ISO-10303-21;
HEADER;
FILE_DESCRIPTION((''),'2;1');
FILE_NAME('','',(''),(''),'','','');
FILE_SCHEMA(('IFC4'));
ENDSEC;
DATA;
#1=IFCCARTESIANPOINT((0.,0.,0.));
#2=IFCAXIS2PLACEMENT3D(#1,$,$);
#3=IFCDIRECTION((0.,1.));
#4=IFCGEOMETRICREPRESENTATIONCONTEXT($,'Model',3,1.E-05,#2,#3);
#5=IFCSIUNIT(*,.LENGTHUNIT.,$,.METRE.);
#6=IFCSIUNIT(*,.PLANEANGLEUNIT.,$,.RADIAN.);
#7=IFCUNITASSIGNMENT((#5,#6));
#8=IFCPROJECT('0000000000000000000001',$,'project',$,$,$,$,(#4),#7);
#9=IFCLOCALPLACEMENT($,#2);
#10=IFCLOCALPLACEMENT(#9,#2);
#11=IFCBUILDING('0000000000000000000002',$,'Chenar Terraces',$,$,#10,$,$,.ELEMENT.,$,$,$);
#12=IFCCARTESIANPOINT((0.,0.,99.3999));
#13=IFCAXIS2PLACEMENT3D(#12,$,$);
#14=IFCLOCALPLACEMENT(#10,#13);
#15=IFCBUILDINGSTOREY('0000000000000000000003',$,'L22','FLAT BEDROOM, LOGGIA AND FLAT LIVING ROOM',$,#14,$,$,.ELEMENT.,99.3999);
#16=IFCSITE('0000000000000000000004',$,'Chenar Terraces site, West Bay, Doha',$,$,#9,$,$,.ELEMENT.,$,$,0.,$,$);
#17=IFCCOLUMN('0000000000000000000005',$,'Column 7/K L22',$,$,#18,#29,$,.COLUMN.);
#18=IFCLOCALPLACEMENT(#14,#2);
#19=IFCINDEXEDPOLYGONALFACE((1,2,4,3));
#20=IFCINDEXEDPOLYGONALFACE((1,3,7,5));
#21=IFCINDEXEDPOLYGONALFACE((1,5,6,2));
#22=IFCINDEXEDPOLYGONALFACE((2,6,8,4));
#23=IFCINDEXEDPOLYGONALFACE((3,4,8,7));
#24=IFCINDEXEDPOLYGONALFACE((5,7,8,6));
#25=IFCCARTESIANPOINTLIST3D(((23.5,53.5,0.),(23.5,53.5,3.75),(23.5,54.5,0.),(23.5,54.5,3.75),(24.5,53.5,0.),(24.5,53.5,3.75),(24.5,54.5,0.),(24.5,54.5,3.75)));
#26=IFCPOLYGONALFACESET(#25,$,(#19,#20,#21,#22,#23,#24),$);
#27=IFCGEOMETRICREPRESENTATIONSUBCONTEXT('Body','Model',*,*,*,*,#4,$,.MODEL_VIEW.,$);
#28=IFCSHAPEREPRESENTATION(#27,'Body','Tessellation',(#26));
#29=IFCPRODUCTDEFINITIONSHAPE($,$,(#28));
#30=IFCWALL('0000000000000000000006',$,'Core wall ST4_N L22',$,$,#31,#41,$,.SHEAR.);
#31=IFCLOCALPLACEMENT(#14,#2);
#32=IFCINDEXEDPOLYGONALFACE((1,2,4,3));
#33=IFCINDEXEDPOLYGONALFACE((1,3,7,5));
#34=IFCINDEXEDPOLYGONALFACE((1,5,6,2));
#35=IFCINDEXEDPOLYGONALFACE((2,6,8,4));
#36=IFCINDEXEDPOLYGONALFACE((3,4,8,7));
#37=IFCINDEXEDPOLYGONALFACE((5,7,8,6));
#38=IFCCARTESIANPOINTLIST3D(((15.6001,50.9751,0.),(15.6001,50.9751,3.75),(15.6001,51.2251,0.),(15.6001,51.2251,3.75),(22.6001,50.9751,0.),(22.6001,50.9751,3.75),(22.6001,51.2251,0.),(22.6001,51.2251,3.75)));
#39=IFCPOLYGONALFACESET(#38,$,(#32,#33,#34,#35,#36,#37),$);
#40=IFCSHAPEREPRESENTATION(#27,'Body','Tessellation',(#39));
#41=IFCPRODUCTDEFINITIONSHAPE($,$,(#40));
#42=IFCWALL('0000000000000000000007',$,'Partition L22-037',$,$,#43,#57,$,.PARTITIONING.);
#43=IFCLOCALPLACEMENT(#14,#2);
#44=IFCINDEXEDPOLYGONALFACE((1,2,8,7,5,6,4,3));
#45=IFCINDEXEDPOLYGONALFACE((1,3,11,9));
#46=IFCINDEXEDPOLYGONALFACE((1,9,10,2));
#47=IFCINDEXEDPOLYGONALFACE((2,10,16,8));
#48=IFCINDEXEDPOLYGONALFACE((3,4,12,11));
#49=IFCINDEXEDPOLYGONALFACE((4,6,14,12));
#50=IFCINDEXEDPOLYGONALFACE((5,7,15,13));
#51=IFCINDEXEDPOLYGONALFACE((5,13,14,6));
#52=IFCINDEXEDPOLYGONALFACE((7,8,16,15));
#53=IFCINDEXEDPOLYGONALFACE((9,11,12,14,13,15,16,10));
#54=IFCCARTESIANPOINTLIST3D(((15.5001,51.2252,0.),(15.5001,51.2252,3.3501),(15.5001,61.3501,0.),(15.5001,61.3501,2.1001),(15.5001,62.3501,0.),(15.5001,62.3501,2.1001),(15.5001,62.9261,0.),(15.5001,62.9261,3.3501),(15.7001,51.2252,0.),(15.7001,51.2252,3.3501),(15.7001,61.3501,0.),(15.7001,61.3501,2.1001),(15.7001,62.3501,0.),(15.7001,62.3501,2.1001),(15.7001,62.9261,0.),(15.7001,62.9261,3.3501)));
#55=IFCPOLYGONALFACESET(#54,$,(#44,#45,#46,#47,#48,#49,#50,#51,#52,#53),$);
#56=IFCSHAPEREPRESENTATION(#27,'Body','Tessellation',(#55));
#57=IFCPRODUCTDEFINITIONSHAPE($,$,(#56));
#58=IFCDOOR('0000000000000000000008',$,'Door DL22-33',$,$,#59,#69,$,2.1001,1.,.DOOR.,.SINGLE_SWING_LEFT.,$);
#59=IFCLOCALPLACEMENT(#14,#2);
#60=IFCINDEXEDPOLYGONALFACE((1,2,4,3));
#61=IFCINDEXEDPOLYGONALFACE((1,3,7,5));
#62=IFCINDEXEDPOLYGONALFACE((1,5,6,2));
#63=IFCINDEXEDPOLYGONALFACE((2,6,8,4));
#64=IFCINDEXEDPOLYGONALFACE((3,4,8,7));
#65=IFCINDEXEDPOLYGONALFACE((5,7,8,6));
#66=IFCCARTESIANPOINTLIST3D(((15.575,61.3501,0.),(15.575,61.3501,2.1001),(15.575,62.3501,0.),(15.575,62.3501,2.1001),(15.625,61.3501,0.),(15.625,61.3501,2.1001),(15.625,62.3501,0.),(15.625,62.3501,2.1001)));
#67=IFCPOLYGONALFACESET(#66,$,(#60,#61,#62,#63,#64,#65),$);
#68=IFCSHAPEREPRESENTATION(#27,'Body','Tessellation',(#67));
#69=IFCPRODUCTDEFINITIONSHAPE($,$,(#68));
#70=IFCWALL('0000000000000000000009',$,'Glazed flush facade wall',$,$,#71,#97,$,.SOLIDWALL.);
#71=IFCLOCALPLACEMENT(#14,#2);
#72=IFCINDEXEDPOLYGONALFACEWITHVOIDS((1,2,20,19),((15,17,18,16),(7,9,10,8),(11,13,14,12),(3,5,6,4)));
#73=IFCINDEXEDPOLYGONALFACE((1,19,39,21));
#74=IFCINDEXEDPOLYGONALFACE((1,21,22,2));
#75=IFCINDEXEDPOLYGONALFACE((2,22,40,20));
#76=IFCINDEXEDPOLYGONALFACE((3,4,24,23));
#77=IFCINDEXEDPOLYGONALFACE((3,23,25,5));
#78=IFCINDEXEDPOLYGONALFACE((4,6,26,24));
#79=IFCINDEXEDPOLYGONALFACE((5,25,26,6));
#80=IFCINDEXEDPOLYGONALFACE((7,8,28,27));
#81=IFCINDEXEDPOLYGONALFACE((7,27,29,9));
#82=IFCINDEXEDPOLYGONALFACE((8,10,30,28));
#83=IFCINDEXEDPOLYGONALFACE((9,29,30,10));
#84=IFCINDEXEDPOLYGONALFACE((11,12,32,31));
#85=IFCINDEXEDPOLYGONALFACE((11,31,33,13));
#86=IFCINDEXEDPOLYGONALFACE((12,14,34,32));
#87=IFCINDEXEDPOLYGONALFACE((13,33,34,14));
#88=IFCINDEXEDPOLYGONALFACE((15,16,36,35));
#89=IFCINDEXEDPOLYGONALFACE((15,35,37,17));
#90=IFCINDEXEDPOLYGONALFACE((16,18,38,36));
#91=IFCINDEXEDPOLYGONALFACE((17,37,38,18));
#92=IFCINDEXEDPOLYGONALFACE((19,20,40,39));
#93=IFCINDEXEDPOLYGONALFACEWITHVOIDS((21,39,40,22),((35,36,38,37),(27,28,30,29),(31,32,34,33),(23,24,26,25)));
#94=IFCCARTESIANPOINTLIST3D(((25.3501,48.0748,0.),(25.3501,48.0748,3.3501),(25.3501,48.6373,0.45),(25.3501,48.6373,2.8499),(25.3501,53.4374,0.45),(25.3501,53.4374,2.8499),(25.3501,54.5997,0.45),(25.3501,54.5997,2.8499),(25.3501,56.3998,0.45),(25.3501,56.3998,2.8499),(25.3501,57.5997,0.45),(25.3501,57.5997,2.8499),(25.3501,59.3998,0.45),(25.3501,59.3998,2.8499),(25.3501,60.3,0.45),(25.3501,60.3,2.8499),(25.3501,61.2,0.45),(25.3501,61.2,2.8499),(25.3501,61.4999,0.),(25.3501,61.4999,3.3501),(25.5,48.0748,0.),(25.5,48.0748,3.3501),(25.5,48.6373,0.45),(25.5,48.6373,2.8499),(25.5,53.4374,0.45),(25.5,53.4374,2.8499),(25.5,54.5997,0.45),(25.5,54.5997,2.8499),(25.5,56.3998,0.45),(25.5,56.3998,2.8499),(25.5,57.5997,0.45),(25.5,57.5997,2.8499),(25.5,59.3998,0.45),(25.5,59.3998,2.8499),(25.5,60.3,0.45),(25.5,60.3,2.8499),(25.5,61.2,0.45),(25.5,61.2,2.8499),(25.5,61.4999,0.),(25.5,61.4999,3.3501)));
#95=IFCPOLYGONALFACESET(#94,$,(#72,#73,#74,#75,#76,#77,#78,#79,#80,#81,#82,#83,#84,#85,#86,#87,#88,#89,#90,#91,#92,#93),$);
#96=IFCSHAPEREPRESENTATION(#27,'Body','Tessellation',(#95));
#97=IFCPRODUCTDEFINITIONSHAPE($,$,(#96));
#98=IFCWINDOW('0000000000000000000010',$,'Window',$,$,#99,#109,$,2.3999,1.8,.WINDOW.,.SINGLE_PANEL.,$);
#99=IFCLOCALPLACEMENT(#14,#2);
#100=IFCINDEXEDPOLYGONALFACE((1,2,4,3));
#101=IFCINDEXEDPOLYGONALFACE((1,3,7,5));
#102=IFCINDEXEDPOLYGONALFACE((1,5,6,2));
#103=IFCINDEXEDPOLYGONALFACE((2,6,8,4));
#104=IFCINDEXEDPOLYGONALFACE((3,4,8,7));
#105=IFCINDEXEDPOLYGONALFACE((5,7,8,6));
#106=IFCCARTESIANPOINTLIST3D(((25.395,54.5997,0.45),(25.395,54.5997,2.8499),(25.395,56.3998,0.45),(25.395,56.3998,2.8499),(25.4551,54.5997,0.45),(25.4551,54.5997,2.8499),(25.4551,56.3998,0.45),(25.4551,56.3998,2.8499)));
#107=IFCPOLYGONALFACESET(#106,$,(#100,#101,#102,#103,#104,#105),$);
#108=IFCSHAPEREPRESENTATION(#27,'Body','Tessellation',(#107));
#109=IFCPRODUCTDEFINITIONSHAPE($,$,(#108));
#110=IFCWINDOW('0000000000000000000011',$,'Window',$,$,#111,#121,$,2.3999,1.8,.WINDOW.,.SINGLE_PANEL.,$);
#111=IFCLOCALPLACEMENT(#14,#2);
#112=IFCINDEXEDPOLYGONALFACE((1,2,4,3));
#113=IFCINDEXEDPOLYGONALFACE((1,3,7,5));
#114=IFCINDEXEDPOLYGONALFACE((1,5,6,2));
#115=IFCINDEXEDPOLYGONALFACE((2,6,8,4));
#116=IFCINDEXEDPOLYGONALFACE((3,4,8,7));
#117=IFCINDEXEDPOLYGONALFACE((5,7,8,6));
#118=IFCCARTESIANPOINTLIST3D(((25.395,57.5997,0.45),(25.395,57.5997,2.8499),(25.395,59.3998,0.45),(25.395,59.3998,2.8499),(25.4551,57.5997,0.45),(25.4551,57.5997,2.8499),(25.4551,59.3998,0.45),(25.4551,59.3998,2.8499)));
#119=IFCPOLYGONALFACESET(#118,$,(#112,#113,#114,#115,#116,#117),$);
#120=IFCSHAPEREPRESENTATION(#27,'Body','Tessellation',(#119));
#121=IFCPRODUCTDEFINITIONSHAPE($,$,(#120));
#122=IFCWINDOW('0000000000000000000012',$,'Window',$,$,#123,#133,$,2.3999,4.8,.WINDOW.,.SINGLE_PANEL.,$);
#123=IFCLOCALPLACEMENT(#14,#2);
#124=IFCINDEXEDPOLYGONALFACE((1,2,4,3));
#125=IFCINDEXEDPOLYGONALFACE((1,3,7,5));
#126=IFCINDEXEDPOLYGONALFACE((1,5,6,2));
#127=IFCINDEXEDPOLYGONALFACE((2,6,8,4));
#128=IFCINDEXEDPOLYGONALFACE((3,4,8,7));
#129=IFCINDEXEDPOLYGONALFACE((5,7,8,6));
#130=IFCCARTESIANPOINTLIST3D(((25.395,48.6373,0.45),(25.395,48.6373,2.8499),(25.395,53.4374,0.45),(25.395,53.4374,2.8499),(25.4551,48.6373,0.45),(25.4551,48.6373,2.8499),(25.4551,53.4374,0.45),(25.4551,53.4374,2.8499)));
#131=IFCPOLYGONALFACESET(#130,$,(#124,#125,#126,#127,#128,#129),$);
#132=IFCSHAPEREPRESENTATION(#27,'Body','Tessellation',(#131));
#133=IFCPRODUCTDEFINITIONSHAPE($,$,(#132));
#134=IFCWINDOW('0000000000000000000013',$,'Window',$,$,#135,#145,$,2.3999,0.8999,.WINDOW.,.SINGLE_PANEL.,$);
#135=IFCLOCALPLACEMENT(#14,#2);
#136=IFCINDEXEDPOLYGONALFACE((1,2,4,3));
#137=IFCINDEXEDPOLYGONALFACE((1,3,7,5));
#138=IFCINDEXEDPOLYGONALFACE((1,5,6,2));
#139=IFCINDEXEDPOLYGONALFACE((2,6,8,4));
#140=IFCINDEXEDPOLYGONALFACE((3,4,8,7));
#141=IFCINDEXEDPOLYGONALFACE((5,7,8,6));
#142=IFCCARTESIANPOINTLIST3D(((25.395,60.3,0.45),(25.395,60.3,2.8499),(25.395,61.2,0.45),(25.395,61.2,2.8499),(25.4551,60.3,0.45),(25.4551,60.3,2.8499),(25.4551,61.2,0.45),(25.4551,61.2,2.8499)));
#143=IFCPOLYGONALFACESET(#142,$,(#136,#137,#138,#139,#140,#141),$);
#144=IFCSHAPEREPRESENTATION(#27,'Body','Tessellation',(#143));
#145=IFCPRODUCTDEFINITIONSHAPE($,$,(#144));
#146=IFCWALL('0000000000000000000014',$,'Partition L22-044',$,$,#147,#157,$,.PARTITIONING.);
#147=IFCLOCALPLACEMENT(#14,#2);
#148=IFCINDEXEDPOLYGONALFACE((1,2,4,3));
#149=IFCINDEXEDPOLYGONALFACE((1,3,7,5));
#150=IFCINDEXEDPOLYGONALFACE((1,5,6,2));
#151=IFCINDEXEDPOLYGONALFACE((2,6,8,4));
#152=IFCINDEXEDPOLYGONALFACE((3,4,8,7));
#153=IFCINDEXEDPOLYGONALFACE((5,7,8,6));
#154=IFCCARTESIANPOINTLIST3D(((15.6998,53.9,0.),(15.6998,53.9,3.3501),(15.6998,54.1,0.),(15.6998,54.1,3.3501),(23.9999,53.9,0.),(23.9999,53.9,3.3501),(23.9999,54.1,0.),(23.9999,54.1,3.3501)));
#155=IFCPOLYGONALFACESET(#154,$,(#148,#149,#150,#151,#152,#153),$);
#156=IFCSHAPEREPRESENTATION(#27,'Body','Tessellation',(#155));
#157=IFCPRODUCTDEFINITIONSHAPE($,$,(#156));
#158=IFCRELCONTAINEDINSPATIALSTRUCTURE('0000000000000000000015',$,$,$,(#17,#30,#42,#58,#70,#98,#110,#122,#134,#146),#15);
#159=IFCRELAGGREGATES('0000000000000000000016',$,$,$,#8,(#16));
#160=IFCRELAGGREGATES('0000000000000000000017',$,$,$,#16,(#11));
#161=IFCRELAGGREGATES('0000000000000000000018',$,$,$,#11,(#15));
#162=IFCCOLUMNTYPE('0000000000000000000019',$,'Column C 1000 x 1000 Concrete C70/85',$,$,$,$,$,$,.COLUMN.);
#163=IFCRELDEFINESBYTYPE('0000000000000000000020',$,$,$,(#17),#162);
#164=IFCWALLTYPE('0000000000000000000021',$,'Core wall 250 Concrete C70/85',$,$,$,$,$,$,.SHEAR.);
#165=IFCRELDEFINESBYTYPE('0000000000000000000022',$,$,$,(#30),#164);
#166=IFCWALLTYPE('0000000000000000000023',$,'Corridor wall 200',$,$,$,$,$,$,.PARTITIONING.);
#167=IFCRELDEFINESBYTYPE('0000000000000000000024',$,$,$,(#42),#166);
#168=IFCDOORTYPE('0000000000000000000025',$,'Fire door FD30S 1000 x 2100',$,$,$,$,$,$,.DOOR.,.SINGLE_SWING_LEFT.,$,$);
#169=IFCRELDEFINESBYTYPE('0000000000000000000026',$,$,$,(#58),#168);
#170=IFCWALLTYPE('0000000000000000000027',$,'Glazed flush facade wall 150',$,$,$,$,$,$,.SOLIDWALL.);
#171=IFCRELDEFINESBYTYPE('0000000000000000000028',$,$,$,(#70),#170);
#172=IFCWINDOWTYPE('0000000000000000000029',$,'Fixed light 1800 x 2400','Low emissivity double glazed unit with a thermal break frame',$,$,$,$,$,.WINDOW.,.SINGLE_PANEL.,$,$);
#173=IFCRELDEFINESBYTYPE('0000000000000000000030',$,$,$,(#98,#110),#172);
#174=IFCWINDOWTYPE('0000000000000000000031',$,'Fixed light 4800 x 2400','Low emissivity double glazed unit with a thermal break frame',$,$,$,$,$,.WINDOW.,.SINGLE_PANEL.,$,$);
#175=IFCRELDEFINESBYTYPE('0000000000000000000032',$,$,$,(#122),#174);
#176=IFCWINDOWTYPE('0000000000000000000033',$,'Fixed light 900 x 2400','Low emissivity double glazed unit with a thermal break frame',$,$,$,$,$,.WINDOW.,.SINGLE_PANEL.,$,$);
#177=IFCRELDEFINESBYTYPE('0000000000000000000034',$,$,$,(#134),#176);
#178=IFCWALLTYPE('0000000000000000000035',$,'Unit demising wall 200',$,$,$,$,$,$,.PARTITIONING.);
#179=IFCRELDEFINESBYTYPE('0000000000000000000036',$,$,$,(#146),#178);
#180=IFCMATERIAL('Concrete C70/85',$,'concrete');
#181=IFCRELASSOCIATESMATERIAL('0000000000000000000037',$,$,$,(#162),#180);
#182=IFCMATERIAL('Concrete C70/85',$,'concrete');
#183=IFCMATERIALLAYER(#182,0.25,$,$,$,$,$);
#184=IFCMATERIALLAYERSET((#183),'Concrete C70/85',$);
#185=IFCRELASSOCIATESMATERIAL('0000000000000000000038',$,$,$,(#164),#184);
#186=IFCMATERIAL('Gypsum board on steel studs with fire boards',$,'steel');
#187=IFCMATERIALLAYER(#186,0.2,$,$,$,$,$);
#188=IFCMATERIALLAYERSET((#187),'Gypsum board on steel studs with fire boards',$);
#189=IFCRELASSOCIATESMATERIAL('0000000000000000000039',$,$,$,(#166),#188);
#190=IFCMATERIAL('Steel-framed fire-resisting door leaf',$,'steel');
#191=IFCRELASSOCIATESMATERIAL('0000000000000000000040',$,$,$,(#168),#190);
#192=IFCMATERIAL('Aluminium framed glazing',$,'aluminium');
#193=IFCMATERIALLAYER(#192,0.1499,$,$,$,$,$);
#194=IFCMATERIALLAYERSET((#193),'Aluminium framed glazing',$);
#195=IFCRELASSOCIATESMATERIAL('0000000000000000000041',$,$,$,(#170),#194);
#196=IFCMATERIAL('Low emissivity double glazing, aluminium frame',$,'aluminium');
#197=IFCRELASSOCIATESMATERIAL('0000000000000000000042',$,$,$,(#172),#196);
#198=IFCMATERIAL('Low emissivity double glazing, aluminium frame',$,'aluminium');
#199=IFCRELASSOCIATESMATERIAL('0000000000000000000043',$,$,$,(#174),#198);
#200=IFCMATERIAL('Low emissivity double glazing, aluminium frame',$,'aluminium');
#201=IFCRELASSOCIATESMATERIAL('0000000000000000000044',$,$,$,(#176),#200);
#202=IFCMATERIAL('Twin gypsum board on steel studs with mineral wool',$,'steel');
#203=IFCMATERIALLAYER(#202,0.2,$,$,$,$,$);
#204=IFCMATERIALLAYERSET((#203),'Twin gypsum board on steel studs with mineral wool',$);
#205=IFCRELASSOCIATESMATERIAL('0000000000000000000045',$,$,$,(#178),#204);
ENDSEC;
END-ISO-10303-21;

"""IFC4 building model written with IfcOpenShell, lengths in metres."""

from ifc_helpers import new_model, si_unit, direction, frame, frame_2d, origin, origin_2d, place, context, subcontext, project, spatial, rectangle, extrude, material, layer, layer_set, material_profile, profile_set, type_object, element, fill, save


model = new_model("IFC4")

# Units and contexts
model_context = context("Model", 3, precision=1e-05, world=origin(), true_north=direction((0.0, 1.0)))
body_context = subcontext(model_context, "Body", "Model", "MODEL_VIEW")
ifc_project = project(units=[si_unit("LENGTHUNIT", "METRE"), si_unit("PLANEANGLEUNIT", "RADIAN")], contexts=[model_context])

# Site, building, storey
site_placement = place(None, origin())
site = spatial("IfcSite", under=ifc_project, at=site_placement, Name="Chenar Terraces site, West Bay, Doha", CompositionType="ELEMENT", RefElevation=0.0)
building_placement = place(site_placement, origin())
building = spatial("IfcBuilding", under=site, at=building_placement, Name="Chenar Terraces", CompositionType="ELEMENT")
storey_placement = place(building_placement, frame((0.0, 0.0, 99.3999)))
storey = spatial("IfcBuildingStorey", under=building, at=storey_placement, Name="L22", Description="FLAT BEDROOM, LOGGIA AND FLAT LIVING ROOM", CompositionType="ELEMENT", Elevation=99.3999)

# Column
ifc_material_1 = material(Name="Concrete C70/85", Category="concrete")
ifc_material_profile = material_profile(ifc_material_1, rectangle(XDim=1.0, YDim=1.0, at=origin_2d()), Name="C 1000 x 1000")
ifc_profile_set = profile_set([ifc_material_profile], Name="Concrete C70/85")
column_type = type_object("IfcColumnType", Name="Column C 1000 x 1000 Concrete C70/85", PredefinedType="COLUMN", material=ifc_profile_set)
column_placement = place(storey_placement, frame((24.0, 54.0, 0.0), z_axis=(0.0, 0.0, 1.0), x_axis=(1.0, 0.0, 0.0)))
element("IfcColumn", 1, at=column_placement, inside=storey, type_object=column_type, Name="Column 7/K L22", PredefinedType="COLUMN", context=body_context, shape_type="SweptSolid", body=[
    extrude(rectangle(XDim=1.0, YDim=1.0, at=origin_2d()), origin(), (0.0, 0.0, 1.0), 3.75),
])

# Wall
ifc_material_2 = material(Name="Concrete C70/85", Category="concrete")
ifc_layer_1 = layer(ifc_material_2, 0.25)
ifc_layer_set_1 = layer_set([ifc_layer_1], Name="Concrete C70/85")
wall_type_1 = type_object("IfcWallType", Name="Core wall 250 Concrete C70/85", PredefinedType="SHEAR", material=ifc_layer_set_1)
wall_1_placement = place(storey_placement, frame((15.6001, 51.1001, 0.0), z_axis=(0.0, 0.0, 1.0), x_axis=(1.0, 0.0, 0.0)))
element("IfcWall", 2, at=wall_1_placement, inside=storey, type_object=wall_type_1, Name="Core wall ST4_N L22", PredefinedType="SHEAR", context=body_context, shape_type="SweptSolid", body=[
    extrude(rectangle(XDim=7.0, YDim=0.25, at=frame_2d((3.5, 0.0))), origin(), (0.0, 0.0, 1.0), 3.75),
])

# Wall, opening, door
ifc_material_3 = material(Name="Gypsum board on steel studs with fire boards", Category="steel")
ifc_layer_2 = layer(ifc_material_3, 0.2)
ifc_layer_set_2 = layer_set([ifc_layer_2], Name="Gypsum board on steel studs with fire boards")
wall_type_2 = type_object("IfcWallType", Name="Corridor wall 200", PredefinedType="PARTITIONING", material=ifc_layer_set_2)
wall_2_placement = place(storey_placement, frame((15.6001, 51.2251, 0.0), z_axis=(0.0, 0.0, 1.0), x_axis=(0.0, 1.0, 0.0)))
wall_2 = element("IfcWall", 3, at=wall_2_placement, inside=storey, type_object=wall_type_2, Name="Partition L22-037", PredefinedType="PARTITIONING", context=body_context, shape_type="SweptSolid", body=[
    extrude(rectangle(XDim=11.7009, YDim=0.2, at=frame_2d((5.8506, 0.0))), origin(), (0.0, 0.0, 1.0), 3.3501),
])
opening_1_placement = place(wall_2_placement, frame((10.125, 0.0, 0.0)))
opening_1 = element("IfcOpeningElement", 4, at=opening_1_placement, cuts=wall_2, PredefinedType="OPENING", context=body_context, shape_type="SweptSolid", body=[
    extrude(rectangle(XDim=1.0, YDim=2.1001, at=frame_2d((0.5, 1.05))), frame((0.0, 0.1099, 0.0), z_axis=(0.0, -1.0, 0.0), x_axis=(1.0, 0.0, 0.0)), (0.0, 0.0, 1.0), 0.22),
])
ifc_material_4 = material(Name="Steel-framed fire-resisting door leaf", Category="steel")
door_type_1 = type_object("IfcDoorType", Name="Fire door FD30S 1000 x 2100", OperationType="SINGLE_SWING_LEFT", PredefinedType="DOOR", material=ifc_material_4)
door_1_placement = place(opening_1_placement, frame((1.0, 0.0, 0.0), z_axis=(0.0, 0.0, 1.0), x_axis=(-1.0, 0.0, 0.0)))
door_1 = element("IfcDoor", 5, at=door_1_placement, inside=storey, type_object=door_type_1, Name="Door DL22-33", OperationType="SINGLE_SWING_LEFT", OverallHeight=2.1001, OverallWidth=1.0, PredefinedType="DOOR", context=body_context, shape_type="SweptSolid", body=[
    extrude(rectangle(XDim=1.0, YDim=2.1001, at=frame_2d((0.5, 1.05))), frame((0.0, 0.0249, 0.0), z_axis=(0.0, -1.0, 0.0), x_axis=(1.0, 0.0, 0.0)), (0.0, 0.0, 1.0), 0.05),
])
fill(opening_1, door_1)

# Wall, openings, windows
ifc_material_5 = material(Name="Aluminium framed glazing", Category="aluminium")
ifc_layer_3 = layer(ifc_material_5, 0.1499)
ifc_layer_set_3 = layer_set([ifc_layer_3], Name="Aluminium framed glazing")
wall_type_3 = type_object("IfcWallType", Name="Glazed flush facade wall 150", PredefinedType="SOLIDWALL", material=ifc_layer_set_3)
wall_3_placement = place(storey_placement, frame((25.425, 48.075, 0.0), z_axis=(0.0, 0.0, 1.0), x_axis=(0.0, 1.0, 0.0)))
wall_3 = element("IfcWall", 6, at=wall_3_placement, inside=storey, type_object=wall_type_3, Name="Glazed flush facade wall", PredefinedType="SOLIDWALL", context=body_context, shape_type="SweptSolid", body=[
    extrude(rectangle(XDim=13.425, YDim=0.1499, at=frame_2d((6.7124, 0.0))), origin(), (0.0, 0.0, 1.0), 3.3501),
])
opening_2_placement = place(wall_3_placement, frame((0.5625, 0.0, 0.45)))
opening_2 = element("IfcOpeningElement", 7, at=opening_2_placement, cuts=wall_3, PredefinedType="OPENING", context=body_context, shape_type="SweptSolid", body=[
    extrude(rectangle(XDim=4.8, YDim=2.3999, at=frame_2d((2.3999, 1.2))), frame((0.0, 0.085, 0.0), z_axis=(0.0, -1.0, 0.0), x_axis=(1.0, 0.0, 0.0)), (0.0, 0.0, 1.0), 0.1699),
])
opening_3_placement = place(wall_3_placement, frame((6.5249, 0.0, 0.45)))
opening_3 = element("IfcOpeningElement", 8, at=opening_3_placement, cuts=wall_3, PredefinedType="OPENING", context=body_context, shape_type="SweptSolid", body=[
    extrude(rectangle(XDim=1.8, YDim=2.3999, at=frame_2d((0.8999, 1.2))), frame((0.0, 0.085, 0.0), z_axis=(0.0, -1.0, 0.0), x_axis=(1.0, 0.0, 0.0)), (0.0, 0.0, 1.0), 0.1699),
])
opening_4_placement = place(wall_3_placement, frame((9.5249, 0.0, 0.45)))
opening_4 = element("IfcOpeningElement", 9, at=opening_4_placement, cuts=wall_3, PredefinedType="OPENING", context=body_context, shape_type="SweptSolid", body=[
    extrude(rectangle(XDim=1.8, YDim=2.3999, at=frame_2d((0.8999, 1.2))), frame((0.0, 0.085, 0.0), z_axis=(0.0, -1.0, 0.0), x_axis=(1.0, 0.0, 0.0)), (0.0, 0.0, 1.0), 0.1699),
])
opening_5_placement = place(wall_3_placement, frame((12.2251, 0.0, 0.45)))
opening_5 = element("IfcOpeningElement", 10, at=opening_5_placement, cuts=wall_3, PredefinedType="OPENING", context=body_context, shape_type="SweptSolid", body=[
    extrude(rectangle(XDim=0.8999, YDim=2.3999, at=frame_2d((0.45, 1.2))), frame((0.0, 0.085, 0.0), z_axis=(0.0, -1.0, 0.0), x_axis=(1.0, 0.0, 0.0)), (0.0, 0.0, 1.0), 0.1699),
])
ifc_material_6 = material(Name="Low emissivity double glazing, aluminium frame", Category="aluminium")
window_type_1 = type_object("IfcWindowType", Name="Fixed light 1800 x 2400", Description="Low emissivity double glazed unit with a thermal break frame", PartitioningType="SINGLE_PANEL", PredefinedType="WINDOW", material=ifc_material_6)
window_1_placement = place(opening_3_placement, origin())
window_1 = element("IfcWindow", 11, at=window_1_placement, inside=storey, type_object=window_type_1, Name="Window", OverallHeight=2.3999, OverallWidth=1.8, PartitioningType="SINGLE_PANEL", PredefinedType="WINDOW", context=body_context, shape_type="SweptSolid", body=[
    extrude(rectangle(XDim=1.8, YDim=2.3999, at=frame_2d((0.8999, 1.2))), frame((0.0, 0.03, 0.0), z_axis=(0.0, -1.0, 0.0), x_axis=(1.0, 0.0, 0.0)), (0.0, 0.0, 1.0), 0.0601),
])
fill(opening_3, window_1)
window_2_placement = place(opening_4_placement, origin())
window_2 = element("IfcWindow", 12, at=window_2_placement, inside=storey, type_object=window_type_1, Name="Window", OverallHeight=2.3999, OverallWidth=1.8, PartitioningType="SINGLE_PANEL", PredefinedType="WINDOW", context=body_context, shape_type="SweptSolid", body=[
    extrude(rectangle(XDim=1.8, YDim=2.3999, at=frame_2d((0.8999, 1.2))), frame((0.0, 0.03, 0.0), z_axis=(0.0, -1.0, 0.0), x_axis=(1.0, 0.0, 0.0)), (0.0, 0.0, 1.0), 0.0601),
])
fill(opening_4, window_2)
ifc_material_7 = material(Name="Low emissivity double glazing, aluminium frame", Category="aluminium")
window_type_2 = type_object("IfcWindowType", Name="Fixed light 4800 x 2400", Description="Low emissivity double glazed unit with a thermal break frame", PartitioningType="SINGLE_PANEL", PredefinedType="WINDOW", material=ifc_material_7)
window_3_placement = place(opening_2_placement, origin())
window_3 = element("IfcWindow", 13, at=window_3_placement, inside=storey, type_object=window_type_2, Name="Window", OverallHeight=2.3999, OverallWidth=4.8, PartitioningType="SINGLE_PANEL", PredefinedType="WINDOW", context=body_context, shape_type="SweptSolid", body=[
    extrude(rectangle(XDim=4.8, YDim=2.3999, at=frame_2d((2.3999, 1.2))), frame((0.0, 0.03, 0.0), z_axis=(0.0, -1.0, 0.0), x_axis=(1.0, 0.0, 0.0)), (0.0, 0.0, 1.0), 0.0601),
])
fill(opening_2, window_3)
ifc_material_8 = material(Name="Low emissivity double glazing, aluminium frame", Category="aluminium")
window_type_3 = type_object("IfcWindowType", Name="Fixed light 900 x 2400", Description="Low emissivity double glazed unit with a thermal break frame", PartitioningType="SINGLE_PANEL", PredefinedType="WINDOW", material=ifc_material_8)
window_4_placement = place(opening_5_placement, origin())
window_4 = element("IfcWindow", 14, at=window_4_placement, inside=storey, type_object=window_type_3, Name="Window", OverallHeight=2.3999, OverallWidth=0.8999, PartitioningType="SINGLE_PANEL", PredefinedType="WINDOW", context=body_context, shape_type="SweptSolid", body=[
    extrude(rectangle(XDim=0.8999, YDim=2.3999, at=frame_2d((0.45, 1.2))), frame((0.0, 0.03, 0.0), z_axis=(0.0, -1.0, 0.0), x_axis=(1.0, 0.0, 0.0)), (0.0, 0.0, 1.0), 0.0601),
])
fill(opening_5, window_4)

# Wall
ifc_material_9 = material(Name="Twin gypsum board on steel studs with mineral wool", Category="steel")
ifc_layer_4 = layer(ifc_material_9, 0.2)
ifc_layer_set_4 = layer_set([ifc_layer_4], Name="Twin gypsum board on steel studs with mineral wool")
wall_type_4 = type_object("IfcWallType", Name="Unit demising wall 200", PredefinedType="PARTITIONING", material=ifc_layer_set_4)
wall_4_placement = place(storey_placement, frame((15.7, 54.0, 0.0), z_axis=(0.0, 0.0, 1.0), x_axis=(1.0, 0.0, 0.0)))
element("IfcWall", 15, at=wall_4_placement, inside=storey, type_object=wall_type_4, Name="Partition L22-044", PredefinedType="PARTITIONING", context=body_context, shape_type="SweptSolid", body=[
    extrude(rectangle(XDim=8.3, YDim=0.2, at=frame_2d((4.1499, 0.0))), origin(), (0.0, 0.0, 1.0), 3.3501),
])

save(model, "model.ifc")
